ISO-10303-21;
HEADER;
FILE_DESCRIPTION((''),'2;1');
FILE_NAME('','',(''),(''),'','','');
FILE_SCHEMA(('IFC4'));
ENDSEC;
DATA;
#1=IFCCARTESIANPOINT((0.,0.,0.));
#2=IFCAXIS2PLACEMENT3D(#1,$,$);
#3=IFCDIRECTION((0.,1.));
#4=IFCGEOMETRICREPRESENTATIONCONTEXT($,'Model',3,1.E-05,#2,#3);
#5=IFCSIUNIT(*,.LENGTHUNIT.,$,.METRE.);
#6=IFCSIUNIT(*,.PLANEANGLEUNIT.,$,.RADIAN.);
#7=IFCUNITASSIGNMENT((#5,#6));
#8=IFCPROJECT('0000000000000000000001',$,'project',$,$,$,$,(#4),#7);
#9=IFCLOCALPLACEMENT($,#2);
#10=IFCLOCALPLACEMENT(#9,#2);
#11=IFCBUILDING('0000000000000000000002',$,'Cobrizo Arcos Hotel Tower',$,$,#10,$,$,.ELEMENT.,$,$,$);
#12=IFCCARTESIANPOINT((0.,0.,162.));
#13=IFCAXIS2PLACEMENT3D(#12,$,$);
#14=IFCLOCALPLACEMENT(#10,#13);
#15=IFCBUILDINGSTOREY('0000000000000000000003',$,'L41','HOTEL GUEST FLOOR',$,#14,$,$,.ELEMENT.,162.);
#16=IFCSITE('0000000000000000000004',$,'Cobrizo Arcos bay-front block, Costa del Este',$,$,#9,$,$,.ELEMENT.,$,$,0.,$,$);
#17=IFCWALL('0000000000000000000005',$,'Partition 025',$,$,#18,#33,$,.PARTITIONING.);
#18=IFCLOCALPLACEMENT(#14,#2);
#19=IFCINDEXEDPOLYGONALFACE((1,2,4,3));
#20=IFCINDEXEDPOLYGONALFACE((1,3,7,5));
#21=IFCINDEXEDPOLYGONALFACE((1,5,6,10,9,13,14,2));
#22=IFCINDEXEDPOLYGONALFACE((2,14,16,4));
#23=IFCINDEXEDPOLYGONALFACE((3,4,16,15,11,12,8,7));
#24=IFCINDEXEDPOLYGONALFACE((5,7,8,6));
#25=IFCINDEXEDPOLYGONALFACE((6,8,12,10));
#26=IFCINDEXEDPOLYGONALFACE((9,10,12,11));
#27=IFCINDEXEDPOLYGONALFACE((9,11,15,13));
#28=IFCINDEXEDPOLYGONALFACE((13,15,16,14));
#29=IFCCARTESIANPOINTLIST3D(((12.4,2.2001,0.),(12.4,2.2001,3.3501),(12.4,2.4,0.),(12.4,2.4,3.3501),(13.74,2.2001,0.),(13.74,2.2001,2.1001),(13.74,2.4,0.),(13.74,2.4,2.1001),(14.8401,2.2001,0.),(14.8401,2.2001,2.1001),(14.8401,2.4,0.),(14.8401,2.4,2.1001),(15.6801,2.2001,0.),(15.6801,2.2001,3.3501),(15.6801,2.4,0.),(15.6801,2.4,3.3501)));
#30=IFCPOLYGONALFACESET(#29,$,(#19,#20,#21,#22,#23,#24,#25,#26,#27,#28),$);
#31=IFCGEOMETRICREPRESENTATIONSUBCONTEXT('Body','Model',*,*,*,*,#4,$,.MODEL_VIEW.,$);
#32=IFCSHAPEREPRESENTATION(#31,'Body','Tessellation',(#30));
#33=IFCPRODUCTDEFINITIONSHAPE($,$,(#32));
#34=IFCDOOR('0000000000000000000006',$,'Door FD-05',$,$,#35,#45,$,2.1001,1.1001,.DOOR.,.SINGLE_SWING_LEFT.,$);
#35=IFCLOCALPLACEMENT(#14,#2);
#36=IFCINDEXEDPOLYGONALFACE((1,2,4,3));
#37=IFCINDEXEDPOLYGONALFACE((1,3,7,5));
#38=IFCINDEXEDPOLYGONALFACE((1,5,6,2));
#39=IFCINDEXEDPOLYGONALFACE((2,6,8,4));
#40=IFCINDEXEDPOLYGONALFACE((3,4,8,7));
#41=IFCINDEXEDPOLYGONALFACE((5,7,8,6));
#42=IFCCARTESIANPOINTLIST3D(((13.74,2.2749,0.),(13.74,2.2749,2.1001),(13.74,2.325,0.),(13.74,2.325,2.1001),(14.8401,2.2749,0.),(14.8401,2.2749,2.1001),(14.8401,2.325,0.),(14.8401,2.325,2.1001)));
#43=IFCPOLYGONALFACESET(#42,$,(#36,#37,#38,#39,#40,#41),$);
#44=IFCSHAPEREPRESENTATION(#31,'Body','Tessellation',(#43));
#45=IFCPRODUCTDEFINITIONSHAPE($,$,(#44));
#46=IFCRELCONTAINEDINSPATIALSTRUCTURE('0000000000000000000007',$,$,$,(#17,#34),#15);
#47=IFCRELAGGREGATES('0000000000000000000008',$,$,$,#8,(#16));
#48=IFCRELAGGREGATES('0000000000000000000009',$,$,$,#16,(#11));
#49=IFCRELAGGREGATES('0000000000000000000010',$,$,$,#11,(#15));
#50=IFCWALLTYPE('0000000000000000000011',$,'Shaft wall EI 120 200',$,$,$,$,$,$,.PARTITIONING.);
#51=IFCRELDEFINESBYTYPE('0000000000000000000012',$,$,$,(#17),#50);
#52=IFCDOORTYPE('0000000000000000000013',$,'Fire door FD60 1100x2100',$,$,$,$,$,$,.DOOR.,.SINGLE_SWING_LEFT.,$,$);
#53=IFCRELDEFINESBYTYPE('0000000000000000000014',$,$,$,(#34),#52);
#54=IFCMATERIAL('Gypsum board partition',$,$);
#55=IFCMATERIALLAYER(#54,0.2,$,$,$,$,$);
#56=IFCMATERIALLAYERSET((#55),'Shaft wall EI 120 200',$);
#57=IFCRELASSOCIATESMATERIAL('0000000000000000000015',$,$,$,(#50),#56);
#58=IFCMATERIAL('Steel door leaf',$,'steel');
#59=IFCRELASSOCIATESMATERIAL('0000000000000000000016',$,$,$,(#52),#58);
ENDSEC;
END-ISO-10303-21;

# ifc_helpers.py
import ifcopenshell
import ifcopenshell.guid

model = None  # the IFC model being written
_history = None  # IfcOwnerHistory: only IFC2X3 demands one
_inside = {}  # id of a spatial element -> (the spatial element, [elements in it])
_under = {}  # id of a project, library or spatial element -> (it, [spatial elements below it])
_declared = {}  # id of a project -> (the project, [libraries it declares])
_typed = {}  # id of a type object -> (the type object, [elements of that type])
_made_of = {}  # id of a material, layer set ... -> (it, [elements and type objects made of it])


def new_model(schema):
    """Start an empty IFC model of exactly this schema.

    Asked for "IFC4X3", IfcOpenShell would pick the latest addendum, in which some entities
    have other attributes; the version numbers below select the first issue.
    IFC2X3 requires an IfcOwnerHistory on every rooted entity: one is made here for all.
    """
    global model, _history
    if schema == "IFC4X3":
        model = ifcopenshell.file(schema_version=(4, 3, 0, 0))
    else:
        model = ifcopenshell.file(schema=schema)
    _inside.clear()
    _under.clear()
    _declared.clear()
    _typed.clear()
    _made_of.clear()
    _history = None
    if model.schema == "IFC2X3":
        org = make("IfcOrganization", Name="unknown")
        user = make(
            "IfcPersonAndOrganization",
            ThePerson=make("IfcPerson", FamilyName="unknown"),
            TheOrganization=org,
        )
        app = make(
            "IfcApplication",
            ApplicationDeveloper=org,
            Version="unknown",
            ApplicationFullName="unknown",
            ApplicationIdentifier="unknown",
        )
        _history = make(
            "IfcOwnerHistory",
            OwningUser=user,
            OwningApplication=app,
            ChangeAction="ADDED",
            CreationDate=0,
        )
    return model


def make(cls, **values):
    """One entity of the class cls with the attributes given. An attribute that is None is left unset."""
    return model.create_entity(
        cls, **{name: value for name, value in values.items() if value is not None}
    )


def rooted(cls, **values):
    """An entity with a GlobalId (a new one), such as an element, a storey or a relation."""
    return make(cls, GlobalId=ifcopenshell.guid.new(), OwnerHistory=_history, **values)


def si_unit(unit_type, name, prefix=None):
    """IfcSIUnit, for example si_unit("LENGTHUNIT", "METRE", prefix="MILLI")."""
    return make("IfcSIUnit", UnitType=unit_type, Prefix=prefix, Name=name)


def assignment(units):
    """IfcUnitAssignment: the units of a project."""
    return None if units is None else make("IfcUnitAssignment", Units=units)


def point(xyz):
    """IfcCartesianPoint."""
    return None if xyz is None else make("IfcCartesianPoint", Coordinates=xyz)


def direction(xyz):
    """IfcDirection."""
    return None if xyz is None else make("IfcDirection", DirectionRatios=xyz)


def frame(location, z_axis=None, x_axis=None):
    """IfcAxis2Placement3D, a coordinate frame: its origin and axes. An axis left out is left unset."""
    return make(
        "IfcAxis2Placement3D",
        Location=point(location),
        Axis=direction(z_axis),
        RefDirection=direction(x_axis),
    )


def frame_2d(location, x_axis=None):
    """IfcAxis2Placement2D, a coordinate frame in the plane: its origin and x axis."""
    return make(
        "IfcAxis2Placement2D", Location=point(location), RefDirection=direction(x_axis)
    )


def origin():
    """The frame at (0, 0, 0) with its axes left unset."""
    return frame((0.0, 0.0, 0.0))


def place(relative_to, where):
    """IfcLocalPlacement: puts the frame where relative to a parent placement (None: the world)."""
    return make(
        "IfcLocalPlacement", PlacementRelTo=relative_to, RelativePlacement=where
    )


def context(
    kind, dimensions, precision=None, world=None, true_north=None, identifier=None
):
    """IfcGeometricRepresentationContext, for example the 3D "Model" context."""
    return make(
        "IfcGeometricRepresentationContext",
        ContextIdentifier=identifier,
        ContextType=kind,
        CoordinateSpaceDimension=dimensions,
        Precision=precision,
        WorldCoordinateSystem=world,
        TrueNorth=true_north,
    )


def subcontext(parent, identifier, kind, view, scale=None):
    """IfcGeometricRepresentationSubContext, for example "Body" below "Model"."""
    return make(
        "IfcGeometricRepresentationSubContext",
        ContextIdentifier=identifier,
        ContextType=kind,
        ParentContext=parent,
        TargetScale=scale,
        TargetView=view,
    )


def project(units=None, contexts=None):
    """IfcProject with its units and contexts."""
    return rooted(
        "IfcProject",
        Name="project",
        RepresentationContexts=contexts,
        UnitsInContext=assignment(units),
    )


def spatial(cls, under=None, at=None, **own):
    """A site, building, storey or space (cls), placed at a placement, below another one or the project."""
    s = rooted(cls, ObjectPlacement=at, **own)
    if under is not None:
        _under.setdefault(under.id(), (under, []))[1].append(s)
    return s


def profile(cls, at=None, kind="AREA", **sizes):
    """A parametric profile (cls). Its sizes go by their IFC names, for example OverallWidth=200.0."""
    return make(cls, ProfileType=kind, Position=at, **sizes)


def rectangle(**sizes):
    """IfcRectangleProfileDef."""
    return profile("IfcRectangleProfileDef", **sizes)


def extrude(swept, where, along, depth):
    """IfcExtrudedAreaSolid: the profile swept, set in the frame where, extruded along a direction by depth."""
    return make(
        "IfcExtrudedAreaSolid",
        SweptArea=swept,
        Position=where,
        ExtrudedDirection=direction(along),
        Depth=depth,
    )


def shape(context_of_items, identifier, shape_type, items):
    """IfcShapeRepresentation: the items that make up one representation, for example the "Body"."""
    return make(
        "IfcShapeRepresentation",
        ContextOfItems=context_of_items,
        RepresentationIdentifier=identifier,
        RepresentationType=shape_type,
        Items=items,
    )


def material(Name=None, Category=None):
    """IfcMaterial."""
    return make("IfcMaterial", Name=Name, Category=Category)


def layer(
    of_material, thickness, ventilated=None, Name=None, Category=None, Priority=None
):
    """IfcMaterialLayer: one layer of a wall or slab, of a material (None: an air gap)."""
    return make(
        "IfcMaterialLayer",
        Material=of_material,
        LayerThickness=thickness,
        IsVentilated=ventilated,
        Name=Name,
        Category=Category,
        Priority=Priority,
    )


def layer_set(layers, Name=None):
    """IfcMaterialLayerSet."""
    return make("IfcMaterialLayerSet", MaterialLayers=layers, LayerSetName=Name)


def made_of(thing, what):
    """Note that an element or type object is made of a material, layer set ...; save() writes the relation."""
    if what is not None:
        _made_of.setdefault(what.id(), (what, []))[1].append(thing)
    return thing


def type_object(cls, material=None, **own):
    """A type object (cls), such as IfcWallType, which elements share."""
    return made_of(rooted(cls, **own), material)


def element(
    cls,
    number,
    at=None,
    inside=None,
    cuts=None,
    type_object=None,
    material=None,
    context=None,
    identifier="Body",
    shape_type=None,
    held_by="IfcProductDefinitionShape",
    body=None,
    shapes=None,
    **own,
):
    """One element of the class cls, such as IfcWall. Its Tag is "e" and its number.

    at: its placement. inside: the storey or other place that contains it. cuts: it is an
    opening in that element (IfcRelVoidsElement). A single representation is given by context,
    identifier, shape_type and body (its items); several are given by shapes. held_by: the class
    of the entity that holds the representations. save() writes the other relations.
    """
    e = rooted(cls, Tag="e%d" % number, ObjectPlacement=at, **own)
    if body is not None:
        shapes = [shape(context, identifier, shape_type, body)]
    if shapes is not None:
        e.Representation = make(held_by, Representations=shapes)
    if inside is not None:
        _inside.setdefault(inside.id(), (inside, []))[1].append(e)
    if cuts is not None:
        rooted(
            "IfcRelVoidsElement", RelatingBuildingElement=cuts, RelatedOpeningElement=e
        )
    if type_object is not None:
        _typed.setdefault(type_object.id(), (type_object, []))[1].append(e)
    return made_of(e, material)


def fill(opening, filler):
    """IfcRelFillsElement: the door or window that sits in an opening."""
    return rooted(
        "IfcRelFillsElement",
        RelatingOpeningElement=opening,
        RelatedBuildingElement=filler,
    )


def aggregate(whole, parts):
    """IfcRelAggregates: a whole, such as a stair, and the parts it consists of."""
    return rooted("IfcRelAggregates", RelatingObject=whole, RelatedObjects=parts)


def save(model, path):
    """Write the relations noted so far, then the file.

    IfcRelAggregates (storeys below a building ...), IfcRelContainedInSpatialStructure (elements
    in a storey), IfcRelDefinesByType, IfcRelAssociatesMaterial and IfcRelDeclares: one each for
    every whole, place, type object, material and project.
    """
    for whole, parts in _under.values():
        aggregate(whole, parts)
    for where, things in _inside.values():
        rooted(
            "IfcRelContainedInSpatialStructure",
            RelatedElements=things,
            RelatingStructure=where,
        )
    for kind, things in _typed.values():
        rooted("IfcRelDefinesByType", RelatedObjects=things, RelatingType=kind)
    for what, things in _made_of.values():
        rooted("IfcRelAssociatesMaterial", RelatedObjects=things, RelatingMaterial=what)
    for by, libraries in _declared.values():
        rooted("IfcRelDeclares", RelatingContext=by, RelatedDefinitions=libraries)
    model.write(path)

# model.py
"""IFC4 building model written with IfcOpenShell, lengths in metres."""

from ifc_helpers import new_model, si_unit, direction, frame, frame_2d, origin, place, context, subcontext, project, spatial, rectangle, extrude, material, layer, layer_set, type_object, element, fill, save


model = new_model("IFC4")

# Units and contexts
model_context = context("Model", 3, precision=1e-05, world=origin(), true_north=direction((0.0, 1.0)))
body_context = subcontext(model_context, "Body", "Model", "MODEL_VIEW")
ifc_project = project(units=[si_unit("LENGTHUNIT", "METRE"), si_unit("PLANEANGLEUNIT", "RADIAN")], contexts=[model_context])

# Site, building, storey
site_placement = place(None, origin())
site = spatial("IfcSite", under=ifc_project, at=site_placement, Name="Cobrizo Arcos bay-front block, Costa del Este", CompositionType="ELEMENT", RefElevation=0.0)
building_placement = place(site_placement, origin())
building = spatial("IfcBuilding", under=site, at=building_placement, Name="Cobrizo Arcos Hotel Tower", CompositionType="ELEMENT")
storey_placement = place(building_placement, frame((0.0, 0.0, 162.0)))
storey = spatial("IfcBuildingStorey", under=building, at=storey_placement, Name="L41", Description="HOTEL GUEST FLOOR", CompositionType="ELEMENT", Elevation=162.0)

# Shared definitions
ifc_material_1 = material(Name="Gypsum board partition")

# Wall, opening, door
ifc_layer_1 = layer(ifc_material_1, 0.2)
ifc_layer_set_1 = layer_set([ifc_layer_1], Name="Shaft wall EI 120 200")
wall_type_1 = type_object("IfcWallType", Name="Shaft wall EI 120 200", PredefinedType="PARTITIONING", material=ifc_layer_set_1)
wall_1_placement = place(storey_placement, frame((12.3999, 2.3, 0.0), z_axis=(0.0, 0.0, 1.0), x_axis=(1.0, 0.0, 0.0)))
wall_1 = element("IfcWall", 1, at=wall_1_placement, inside=storey, type_object=wall_type_1, Name="Partition 025", PredefinedType="PARTITIONING", context=body_context, shape_type="SweptSolid", body=[
    extrude(rectangle(XDim=3.28, YDim=0.2, at=frame_2d((1.6401, 0.0))), origin(), (0.0, 0.0, 1.0), 3.3501),
])
opening_1_placement = place(wall_1_placement, frame((1.3401, 0.0, 0.0)))
opening_1 = element("IfcOpeningElement", 2, at=opening_1_placement, cuts=wall_1, PredefinedType="OPENING", context=body_context, shape_type="SweptSolid", body=[
    extrude(rectangle(XDim=1.1001, YDim=2.1001, at=frame_2d((0.55, 1.05))), frame((0.0, 0.1121, 0.0), z_axis=(0.0, -1.0, 0.0), x_axis=(1.0, 0.0, 0.0)), (0.0, 0.0, 1.0), 0.2239),
])
ifc_material_2 = material(Name="Steel door leaf", Category="steel")
door_type_1 = type_object("IfcDoorType", Name="Fire door FD60 1100x2100", OperationType="SINGLE_SWING_LEFT", PredefinedType="DOOR", material=ifc_material_2)
door_1_placement = place(opening_1_placement, origin())
door_1 = element("IfcDoor", 3, at=door_1_placement, inside=storey, type_object=door_type_1, Name="Door FD-05", OperationType="SINGLE_SWING_LEFT", OverallHeight=2.1001, OverallWidth=1.1001, PredefinedType="DOOR", context=body_context, shape_type="SweptSolid", body=[
    extrude(rectangle(XDim=1.1001, YDim=2.1001, at=frame_2d((0.55, 1.05))), frame((0.0, 0.0249, 0.0), z_axis=(0.0, -1.0, 0.0), x_axis=(1.0, 0.0, 0.0)), (0.0, 0.0, 1.0), 0.05),
])
fill(opening_1, door_1)

save(model, "model.ifc")
